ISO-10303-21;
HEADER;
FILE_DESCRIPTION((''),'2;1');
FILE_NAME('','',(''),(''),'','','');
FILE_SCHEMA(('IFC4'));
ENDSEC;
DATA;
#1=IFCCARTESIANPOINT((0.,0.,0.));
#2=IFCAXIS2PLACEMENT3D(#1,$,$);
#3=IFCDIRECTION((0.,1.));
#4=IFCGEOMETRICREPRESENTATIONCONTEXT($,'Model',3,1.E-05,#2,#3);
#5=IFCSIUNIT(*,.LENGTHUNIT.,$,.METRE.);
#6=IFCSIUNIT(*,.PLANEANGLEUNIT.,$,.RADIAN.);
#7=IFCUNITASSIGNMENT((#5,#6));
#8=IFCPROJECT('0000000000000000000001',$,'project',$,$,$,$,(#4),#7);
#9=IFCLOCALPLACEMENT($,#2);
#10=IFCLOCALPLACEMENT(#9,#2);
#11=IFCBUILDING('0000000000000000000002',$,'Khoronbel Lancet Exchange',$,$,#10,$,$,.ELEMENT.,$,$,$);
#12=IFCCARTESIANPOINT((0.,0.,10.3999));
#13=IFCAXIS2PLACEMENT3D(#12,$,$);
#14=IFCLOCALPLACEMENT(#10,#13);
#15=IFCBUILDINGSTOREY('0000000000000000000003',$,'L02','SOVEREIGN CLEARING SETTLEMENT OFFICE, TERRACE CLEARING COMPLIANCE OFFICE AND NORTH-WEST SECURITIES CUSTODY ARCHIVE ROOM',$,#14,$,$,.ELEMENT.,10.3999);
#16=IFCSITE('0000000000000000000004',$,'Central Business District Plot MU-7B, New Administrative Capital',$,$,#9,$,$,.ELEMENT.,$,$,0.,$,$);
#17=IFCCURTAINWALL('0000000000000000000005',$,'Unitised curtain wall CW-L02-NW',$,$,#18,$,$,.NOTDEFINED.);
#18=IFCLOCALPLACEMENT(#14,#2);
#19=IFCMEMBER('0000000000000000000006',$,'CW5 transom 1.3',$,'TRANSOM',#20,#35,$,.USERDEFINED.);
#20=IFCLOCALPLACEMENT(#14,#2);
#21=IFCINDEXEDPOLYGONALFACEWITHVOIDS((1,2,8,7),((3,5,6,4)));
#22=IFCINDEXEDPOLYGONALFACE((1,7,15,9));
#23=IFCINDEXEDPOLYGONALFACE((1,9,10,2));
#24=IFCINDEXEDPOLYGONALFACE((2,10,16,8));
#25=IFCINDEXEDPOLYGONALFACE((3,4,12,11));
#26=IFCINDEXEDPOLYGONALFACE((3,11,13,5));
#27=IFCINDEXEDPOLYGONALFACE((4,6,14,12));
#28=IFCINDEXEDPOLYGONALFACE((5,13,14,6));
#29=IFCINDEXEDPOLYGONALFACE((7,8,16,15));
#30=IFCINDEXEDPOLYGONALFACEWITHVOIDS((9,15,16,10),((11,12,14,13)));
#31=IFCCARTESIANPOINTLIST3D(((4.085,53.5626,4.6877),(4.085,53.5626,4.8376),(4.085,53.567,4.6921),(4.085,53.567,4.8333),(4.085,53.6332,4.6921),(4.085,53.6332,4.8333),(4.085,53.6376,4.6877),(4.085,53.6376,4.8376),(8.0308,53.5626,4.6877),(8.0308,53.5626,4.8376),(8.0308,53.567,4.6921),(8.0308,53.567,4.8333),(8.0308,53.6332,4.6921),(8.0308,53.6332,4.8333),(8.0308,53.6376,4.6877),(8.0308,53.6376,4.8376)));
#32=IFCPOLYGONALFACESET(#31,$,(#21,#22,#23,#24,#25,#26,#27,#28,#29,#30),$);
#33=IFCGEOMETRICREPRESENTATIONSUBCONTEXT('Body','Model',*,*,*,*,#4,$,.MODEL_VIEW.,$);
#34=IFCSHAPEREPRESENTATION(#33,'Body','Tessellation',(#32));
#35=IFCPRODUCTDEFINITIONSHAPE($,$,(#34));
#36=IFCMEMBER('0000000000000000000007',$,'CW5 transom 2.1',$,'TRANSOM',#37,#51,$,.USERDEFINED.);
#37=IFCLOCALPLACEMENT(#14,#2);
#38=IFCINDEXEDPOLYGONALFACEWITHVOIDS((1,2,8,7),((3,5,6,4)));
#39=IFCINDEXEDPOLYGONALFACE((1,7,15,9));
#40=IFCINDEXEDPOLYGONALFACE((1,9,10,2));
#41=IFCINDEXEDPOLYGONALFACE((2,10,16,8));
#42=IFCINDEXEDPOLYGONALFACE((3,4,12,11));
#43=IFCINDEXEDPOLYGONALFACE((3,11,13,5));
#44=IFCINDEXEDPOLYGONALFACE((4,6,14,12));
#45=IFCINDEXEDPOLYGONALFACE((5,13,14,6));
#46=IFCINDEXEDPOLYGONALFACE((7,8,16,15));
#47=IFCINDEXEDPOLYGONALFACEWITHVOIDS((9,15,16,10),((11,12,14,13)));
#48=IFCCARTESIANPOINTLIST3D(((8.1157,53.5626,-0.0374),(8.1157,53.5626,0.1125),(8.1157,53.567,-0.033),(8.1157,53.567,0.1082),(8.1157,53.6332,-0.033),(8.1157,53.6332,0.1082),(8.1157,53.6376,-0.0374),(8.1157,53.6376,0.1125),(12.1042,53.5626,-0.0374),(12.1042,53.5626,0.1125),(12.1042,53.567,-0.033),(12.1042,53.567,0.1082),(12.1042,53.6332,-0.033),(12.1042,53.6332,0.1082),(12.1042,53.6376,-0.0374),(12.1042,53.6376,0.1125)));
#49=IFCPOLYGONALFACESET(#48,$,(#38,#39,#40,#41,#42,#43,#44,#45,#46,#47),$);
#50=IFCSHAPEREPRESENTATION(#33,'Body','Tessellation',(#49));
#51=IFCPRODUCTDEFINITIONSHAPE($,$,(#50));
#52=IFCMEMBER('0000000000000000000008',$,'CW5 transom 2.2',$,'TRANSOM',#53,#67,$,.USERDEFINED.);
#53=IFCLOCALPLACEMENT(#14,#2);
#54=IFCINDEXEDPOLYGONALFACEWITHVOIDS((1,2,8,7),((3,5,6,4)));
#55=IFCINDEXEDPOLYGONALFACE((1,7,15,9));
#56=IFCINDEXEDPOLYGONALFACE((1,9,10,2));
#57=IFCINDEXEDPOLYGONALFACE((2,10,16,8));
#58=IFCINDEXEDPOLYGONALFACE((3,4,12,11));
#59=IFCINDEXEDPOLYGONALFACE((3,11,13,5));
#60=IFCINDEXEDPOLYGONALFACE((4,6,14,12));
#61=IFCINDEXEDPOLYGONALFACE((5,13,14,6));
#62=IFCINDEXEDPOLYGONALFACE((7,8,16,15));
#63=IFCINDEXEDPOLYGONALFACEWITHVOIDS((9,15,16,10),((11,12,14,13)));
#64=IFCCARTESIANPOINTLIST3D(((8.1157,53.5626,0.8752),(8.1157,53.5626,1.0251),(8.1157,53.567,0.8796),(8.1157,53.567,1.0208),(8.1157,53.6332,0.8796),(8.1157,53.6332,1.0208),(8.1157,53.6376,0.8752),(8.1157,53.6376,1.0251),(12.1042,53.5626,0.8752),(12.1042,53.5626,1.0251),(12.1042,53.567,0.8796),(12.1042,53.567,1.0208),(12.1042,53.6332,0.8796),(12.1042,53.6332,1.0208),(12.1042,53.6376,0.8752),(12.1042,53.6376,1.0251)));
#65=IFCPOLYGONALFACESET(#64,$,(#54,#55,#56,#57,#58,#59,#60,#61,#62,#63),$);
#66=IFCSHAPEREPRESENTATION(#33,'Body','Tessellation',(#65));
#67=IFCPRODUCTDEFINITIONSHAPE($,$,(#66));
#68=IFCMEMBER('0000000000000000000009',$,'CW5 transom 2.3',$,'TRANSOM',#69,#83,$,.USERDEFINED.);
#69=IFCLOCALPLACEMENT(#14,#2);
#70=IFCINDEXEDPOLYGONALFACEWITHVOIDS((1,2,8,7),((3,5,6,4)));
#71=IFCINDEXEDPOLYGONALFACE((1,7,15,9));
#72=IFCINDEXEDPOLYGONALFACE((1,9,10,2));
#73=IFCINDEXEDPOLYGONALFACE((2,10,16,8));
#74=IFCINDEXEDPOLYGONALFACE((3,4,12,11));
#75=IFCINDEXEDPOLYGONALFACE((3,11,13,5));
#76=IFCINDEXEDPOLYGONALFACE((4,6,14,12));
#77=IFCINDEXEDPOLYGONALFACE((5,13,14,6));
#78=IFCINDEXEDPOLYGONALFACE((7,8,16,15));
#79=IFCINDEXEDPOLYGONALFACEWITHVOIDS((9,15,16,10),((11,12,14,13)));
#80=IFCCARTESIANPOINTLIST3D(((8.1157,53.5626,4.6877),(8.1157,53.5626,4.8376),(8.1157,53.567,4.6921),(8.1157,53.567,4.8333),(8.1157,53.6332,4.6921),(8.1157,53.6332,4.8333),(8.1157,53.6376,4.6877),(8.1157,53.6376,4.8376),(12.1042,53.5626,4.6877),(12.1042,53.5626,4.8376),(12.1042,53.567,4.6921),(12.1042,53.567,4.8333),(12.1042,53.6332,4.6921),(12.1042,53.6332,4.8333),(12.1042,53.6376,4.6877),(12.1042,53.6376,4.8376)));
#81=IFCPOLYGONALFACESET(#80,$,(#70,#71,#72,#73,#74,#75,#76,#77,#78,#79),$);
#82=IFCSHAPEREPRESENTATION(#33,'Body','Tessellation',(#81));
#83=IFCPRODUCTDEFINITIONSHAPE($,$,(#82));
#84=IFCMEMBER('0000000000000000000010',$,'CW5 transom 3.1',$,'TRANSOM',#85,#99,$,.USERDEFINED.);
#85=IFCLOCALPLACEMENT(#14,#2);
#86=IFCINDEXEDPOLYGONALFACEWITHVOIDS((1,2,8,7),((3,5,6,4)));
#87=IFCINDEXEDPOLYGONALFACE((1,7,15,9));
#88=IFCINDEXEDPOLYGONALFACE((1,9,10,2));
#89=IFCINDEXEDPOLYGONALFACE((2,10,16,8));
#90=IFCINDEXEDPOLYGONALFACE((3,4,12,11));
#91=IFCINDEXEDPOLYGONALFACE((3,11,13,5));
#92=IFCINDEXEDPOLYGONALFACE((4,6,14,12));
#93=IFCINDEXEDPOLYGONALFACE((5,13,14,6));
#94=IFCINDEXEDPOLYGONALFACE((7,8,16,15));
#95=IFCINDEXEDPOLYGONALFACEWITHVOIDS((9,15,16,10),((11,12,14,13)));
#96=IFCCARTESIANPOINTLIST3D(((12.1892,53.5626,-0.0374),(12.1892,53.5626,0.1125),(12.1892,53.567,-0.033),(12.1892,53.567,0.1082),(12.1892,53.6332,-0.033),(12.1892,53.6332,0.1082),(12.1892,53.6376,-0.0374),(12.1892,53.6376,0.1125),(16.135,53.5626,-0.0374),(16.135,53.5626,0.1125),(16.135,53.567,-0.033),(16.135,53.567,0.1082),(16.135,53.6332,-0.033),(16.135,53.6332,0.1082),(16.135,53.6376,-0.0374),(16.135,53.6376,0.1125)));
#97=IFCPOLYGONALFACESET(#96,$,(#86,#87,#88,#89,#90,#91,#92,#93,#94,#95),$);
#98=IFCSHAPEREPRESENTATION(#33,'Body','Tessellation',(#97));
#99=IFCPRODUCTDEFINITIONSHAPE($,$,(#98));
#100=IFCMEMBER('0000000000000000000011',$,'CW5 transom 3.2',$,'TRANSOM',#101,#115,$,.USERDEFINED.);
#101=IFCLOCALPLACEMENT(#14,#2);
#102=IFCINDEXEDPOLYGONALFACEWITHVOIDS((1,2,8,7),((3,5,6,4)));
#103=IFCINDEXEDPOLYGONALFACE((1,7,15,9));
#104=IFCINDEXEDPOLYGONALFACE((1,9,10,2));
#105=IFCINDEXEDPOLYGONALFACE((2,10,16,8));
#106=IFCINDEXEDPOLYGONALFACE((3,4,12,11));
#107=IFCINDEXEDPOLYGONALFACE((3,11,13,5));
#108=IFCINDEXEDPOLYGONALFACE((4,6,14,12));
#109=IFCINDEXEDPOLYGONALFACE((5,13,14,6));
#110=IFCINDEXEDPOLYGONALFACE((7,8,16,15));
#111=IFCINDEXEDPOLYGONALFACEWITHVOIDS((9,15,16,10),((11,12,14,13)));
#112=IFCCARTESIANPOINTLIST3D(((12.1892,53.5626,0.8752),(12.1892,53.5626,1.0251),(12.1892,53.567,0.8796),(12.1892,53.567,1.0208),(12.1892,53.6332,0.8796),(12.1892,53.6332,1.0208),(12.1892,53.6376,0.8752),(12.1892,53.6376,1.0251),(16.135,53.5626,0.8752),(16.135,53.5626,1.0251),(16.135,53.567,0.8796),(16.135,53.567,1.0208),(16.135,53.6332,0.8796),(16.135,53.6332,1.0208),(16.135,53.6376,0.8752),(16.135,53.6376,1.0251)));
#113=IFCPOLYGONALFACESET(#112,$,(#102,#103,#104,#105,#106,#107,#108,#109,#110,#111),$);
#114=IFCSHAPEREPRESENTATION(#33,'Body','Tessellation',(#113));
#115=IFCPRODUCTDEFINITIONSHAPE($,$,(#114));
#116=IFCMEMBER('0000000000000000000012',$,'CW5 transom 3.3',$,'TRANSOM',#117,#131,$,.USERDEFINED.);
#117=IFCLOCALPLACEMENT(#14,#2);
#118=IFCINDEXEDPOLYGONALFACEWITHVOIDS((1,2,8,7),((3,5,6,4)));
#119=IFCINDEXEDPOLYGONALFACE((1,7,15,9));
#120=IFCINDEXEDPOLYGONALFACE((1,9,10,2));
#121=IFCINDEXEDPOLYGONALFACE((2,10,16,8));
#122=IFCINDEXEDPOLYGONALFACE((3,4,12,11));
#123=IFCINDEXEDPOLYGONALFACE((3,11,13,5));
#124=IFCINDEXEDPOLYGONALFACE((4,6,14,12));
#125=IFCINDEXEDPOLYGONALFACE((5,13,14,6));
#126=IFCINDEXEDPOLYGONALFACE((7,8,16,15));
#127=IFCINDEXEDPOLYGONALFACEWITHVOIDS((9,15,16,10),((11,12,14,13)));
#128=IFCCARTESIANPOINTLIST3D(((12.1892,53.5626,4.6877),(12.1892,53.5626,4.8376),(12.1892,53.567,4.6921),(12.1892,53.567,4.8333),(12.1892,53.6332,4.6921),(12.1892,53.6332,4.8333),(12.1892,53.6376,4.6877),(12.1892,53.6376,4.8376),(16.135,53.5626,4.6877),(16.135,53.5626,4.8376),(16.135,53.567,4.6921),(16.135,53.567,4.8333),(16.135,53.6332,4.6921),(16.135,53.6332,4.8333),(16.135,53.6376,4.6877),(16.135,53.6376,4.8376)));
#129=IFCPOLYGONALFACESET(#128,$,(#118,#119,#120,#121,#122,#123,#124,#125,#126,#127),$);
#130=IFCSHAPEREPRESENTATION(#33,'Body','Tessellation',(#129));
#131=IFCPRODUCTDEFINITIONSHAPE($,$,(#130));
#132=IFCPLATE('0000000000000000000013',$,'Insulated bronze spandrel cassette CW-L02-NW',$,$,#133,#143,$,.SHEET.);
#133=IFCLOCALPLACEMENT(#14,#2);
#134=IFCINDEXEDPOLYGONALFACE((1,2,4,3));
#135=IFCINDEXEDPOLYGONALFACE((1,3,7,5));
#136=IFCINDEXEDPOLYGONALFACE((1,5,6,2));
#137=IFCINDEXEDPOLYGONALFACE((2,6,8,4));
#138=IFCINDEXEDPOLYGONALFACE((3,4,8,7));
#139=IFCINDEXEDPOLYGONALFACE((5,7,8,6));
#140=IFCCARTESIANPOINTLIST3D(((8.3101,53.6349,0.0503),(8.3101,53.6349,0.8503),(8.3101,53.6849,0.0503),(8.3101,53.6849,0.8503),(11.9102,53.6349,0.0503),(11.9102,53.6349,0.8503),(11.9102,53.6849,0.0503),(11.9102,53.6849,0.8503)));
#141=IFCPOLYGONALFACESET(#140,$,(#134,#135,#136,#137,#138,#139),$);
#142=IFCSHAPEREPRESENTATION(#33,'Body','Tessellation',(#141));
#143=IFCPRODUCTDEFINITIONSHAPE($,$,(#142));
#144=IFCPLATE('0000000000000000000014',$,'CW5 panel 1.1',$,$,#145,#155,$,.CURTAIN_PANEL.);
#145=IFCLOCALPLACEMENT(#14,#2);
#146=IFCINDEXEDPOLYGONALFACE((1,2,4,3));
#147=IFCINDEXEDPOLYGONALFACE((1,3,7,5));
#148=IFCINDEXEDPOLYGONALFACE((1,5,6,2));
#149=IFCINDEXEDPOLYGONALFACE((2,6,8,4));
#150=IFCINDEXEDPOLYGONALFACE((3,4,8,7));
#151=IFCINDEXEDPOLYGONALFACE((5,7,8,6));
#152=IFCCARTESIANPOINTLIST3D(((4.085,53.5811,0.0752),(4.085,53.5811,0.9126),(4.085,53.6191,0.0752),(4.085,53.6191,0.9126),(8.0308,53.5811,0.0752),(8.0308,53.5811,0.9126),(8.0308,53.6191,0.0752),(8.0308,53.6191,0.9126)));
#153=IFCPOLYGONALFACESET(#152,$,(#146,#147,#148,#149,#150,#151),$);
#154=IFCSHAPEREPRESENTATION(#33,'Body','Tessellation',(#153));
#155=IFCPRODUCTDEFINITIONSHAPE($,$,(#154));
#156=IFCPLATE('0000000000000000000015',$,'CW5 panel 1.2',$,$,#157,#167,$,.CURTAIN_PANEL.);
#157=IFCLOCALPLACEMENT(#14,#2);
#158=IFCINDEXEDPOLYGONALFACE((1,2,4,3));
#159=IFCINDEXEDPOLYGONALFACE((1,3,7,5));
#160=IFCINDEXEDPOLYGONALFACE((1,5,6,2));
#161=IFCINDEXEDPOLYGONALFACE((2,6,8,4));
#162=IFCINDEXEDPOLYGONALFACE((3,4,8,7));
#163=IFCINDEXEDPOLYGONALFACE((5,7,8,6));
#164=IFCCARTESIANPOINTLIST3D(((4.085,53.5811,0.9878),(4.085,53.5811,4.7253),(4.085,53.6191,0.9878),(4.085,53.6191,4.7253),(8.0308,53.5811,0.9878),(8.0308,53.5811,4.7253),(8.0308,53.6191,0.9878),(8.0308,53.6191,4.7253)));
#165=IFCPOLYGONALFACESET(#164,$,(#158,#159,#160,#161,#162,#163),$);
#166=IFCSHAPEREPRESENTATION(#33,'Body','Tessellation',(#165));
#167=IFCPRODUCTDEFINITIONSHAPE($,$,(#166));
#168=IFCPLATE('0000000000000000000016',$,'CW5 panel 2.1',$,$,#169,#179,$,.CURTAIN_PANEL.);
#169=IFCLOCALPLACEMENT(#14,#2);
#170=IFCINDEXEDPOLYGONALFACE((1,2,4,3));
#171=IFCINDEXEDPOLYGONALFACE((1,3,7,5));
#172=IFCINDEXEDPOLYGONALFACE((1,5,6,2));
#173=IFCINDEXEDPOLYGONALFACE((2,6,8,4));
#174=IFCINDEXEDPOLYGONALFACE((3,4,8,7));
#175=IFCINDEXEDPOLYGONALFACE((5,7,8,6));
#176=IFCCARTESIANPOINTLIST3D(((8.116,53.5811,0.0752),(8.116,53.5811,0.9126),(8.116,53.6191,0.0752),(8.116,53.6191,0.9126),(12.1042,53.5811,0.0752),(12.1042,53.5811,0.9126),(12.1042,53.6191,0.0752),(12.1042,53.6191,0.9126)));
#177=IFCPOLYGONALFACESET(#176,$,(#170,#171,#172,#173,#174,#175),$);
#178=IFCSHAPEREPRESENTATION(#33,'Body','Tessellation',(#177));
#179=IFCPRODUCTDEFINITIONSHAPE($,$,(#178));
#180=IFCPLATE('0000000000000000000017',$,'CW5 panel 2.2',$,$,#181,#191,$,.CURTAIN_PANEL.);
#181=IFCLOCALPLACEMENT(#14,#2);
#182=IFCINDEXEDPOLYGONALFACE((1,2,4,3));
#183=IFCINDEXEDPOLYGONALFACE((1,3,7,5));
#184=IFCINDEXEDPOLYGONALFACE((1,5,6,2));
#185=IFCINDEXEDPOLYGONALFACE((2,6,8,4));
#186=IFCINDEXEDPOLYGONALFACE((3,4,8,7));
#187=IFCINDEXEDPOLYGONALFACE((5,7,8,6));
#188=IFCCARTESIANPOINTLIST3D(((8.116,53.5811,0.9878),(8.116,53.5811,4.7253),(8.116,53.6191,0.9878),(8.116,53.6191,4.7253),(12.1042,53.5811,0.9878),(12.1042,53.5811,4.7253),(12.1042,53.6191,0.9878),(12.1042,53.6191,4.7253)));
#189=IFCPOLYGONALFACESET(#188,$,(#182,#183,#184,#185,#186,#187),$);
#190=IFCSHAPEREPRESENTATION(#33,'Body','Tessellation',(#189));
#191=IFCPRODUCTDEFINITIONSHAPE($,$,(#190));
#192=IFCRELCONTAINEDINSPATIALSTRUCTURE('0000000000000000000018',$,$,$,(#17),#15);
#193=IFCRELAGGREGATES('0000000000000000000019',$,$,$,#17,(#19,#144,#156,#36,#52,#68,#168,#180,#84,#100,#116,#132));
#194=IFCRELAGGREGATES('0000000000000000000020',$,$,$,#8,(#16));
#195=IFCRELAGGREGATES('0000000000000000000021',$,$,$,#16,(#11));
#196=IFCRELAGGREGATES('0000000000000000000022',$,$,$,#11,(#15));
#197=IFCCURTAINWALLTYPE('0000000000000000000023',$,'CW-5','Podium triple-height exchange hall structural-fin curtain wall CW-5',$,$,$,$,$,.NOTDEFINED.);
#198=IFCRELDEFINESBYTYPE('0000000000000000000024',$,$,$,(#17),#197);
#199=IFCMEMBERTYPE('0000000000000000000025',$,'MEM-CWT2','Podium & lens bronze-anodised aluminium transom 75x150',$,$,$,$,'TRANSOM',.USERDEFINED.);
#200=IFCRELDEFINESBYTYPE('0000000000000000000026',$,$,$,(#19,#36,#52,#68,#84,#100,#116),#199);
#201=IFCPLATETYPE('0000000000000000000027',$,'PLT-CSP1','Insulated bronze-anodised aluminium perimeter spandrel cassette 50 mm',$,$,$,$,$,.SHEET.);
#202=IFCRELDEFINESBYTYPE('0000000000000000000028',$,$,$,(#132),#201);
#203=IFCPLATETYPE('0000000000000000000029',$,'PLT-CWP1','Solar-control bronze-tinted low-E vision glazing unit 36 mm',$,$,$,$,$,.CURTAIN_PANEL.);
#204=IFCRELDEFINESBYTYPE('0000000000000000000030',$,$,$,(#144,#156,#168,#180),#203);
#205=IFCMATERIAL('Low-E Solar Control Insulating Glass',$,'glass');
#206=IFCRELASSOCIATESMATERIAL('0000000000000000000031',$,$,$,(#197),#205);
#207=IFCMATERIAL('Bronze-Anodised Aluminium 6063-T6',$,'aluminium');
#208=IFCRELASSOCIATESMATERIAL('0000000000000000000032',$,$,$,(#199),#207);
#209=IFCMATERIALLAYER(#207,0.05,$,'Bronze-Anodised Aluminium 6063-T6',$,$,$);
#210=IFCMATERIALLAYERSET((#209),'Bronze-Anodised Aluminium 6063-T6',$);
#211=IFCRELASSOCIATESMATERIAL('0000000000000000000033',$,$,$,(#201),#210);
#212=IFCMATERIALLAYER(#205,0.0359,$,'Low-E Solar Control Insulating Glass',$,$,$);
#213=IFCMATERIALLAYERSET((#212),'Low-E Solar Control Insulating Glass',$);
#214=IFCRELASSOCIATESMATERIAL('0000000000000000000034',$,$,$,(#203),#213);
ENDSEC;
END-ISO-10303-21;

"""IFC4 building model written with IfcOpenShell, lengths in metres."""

from ifc_helpers import new_model, si_unit, direction, frame, origin, origin_2d, place, context, subcontext, project, spatial, rectangle, hollow_rectangle, extrude, material, layer, layer_set, material_profile, profile_set, type_object, element, aggregate, save


model = new_model("IFC4")

# Units and contexts
model_context = context("Model", 3, precision=1e-05, world=origin(), true_north=direction((0.0, 1.0)))
body_context = subcontext(model_context, "Body", "Model", "MODEL_VIEW")
ifc_project = project(units=[si_unit("LENGTHUNIT", "METRE"), si_unit("PLANEANGLEUNIT", "RADIAN")], contexts=[model_context])

# Site, building, storey
site_placement = place(None, origin())
site = spatial("IfcSite", under=ifc_project, at=site_placement, Name="Central Business District Plot MU-7B, New Administrative Capital", CompositionType="ELEMENT", RefElevation=0.0)
building_placement = place(site_placement, origin())
building = spatial("IfcBuilding", under=site, at=building_placement, Name="Khoronbel Lancet Exchange", CompositionType="ELEMENT")
storey_placement = place(building_placement, frame((0.0, 0.0, 10.3999)))
storey = spatial("IfcBuildingStorey", under=building, at=storey_placement, Name="L02", Description="SOVEREIGN CLEARING SETTLEMENT OFFICE, TERRACE CLEARING COMPLIANCE OFFICE AND NORTH-WEST SECURITIES CUSTODY ARCHIVE ROOM", CompositionType="ELEMENT", Elevation=10.3999)

# Curtain wall, members, plates
ifc_material_1 = material(Name="Low-E Solar Control Insulating Glass", Category="glass")
curtain_wall_type = type_object("IfcCurtainWallType", Name="CW-5", Description="Podium triple-height exchange hall structural-fin curtain wall CW-5", PredefinedType="NOTDEFINED", material=ifc_material_1)
curtain_wall_placement = place(storey_placement, origin())
curtain_wall = element("IfcCurtainWall", 1, at=curtain_wall_placement, inside=storey, type_object=curtain_wall_type, Name="Unitised curtain wall CW-L02-NW", PredefinedType="NOTDEFINED")
ifc_material_2 = material(Name="Bronze-Anodised Aluminium 6063-T6", Category="aluminium")
ifc_material_profile_1 = material_profile(ifc_material_2, hollow_rectangle(XDim=0.075, YDim=0.1499, WallThickness=0.0044, at=origin_2d()), Name="ALU TRANSOM 75x150")
ifc_profile_set_1 = profile_set([ifc_material_profile_1], Name="Bronze-Anodised Aluminium 6063-T6")
member_type_1 = type_object("IfcMemberType", Name="MEM-CWT2", Description="Podium & lens bronze-anodised aluminium transom 75x150", ElementType="TRANSOM", PredefinedType="USERDEFINED", material=ifc_profile_set_1)
member_1_placement = place(storey_placement, frame((4.085, 53.6001, 4.7627), z_axis=(1.0, 0.0, 0.0), x_axis=(0.0, 1.0, 0.0)))
member_1 = element("IfcMember", 2, at=member_1_placement, type_object=member_type_1, Name="CW5 transom 1.3", ObjectType="TRANSOM", PredefinedType="USERDEFINED", context=body_context, shape_type="SweptSolid", body=[
    extrude(hollow_rectangle(XDim=0.075, YDim=0.1499, WallThickness=0.0044, at=origin_2d()), origin(), (0.0, 0.0, 1.0), 3.9458),
])
member_2_placement = place(storey_placement, frame((8.1157, 53.6001, 0.0376), z_axis=(1.0, 0.0, 0.0), x_axis=(0.0, 1.0, 0.0)))
member_2 = element("IfcMember", 3, at=member_2_placement, type_object=member_type_1, Name="CW5 transom 2.1", ObjectType="TRANSOM", PredefinedType="USERDEFINED", context=body_context, shape_type="SweptSolid", body=[
    extrude(hollow_rectangle(XDim=0.075, YDim=0.1499, WallThickness=0.0044, at=origin_2d()), origin(), (0.0, 0.0, 1.0), 3.9885),
])
member_3_placement = place(storey_placement, frame((8.1157, 53.6001, 0.9502), z_axis=(1.0, 0.0, 0.0), x_axis=(0.0, 1.0, 0.0)))
member_3 = element("IfcMember", 4, at=member_3_placement, type_object=member_type_1, Name="CW5 transom 2.2", ObjectType="TRANSOM", PredefinedType="USERDEFINED", context=body_context, shape_type="SweptSolid", body=[
    extrude(hollow_rectangle(XDim=0.075, YDim=0.1499, WallThickness=0.0044, at=origin_2d()), origin(), (0.0, 0.0, 1.0), 3.9885),
])
member_4_placement = place(storey_placement, frame((8.1157, 53.6001, 4.7627), z_axis=(1.0, 0.0, 0.0), x_axis=(0.0, 1.0, 0.0)))
member_4 = element("IfcMember", 5, at=member_4_placement, type_object=member_type_1, Name="CW5 transom 2.3", ObjectType="TRANSOM", PredefinedType="USERDEFINED", context=body_context, shape_type="SweptSolid", body=[
    extrude(hollow_rectangle(XDim=0.075, YDim=0.1499, WallThickness=0.0044, at=origin_2d()), origin(), (0.0, 0.0, 1.0), 3.9885),
])
member_5_placement = place(storey_placement, frame((12.1892, 53.6001, 0.0376), z_axis=(1.0, 0.0, 0.0), x_axis=(0.0, 1.0, 0.0)))
member_5 = element("IfcMember", 6, at=member_5_placement, type_object=member_type_1, Name="CW5 transom 3.1", ObjectType="TRANSOM", PredefinedType="USERDEFINED", context=body_context, shape_type="SweptSolid", body=[
    extrude(hollow_rectangle(XDim=0.075, YDim=0.1499, WallThickness=0.0044, at=origin_2d()), origin(), (0.0, 0.0, 1.0), 3.9458),
])
member_6_placement = place(storey_placement, frame((12.1892, 53.6001, 0.9502), z_axis=(1.0, 0.0, 0.0), x_axis=(0.0, 1.0, 0.0)))
member_6 = element("IfcMember", 7, at=member_6_placement, type_object=member_type_1, Name="CW5 transom 3.2", ObjectType="TRANSOM", PredefinedType="USERDEFINED", context=body_context, shape_type="SweptSolid", body=[
    extrude(hollow_rectangle(XDim=0.075, YDim=0.1499, WallThickness=0.0044, at=origin_2d()), origin(), (0.0, 0.0, 1.0), 3.9458),
])
member_7_placement = place(storey_placement, frame((12.1892, 53.6001, 4.7627), z_axis=(1.0, 0.0, 0.0), x_axis=(0.0, 1.0, 0.0)))
member_7 = element("IfcMember", 8, at=member_7_placement, type_object=member_type_1, Name="CW5 transom 3.3", ObjectType="TRANSOM", PredefinedType="USERDEFINED", context=body_context, shape_type="SweptSolid", body=[
    extrude(hollow_rectangle(XDim=0.075, YDim=0.1499, WallThickness=0.0044, at=origin_2d()), origin(), (0.0, 0.0, 1.0), 3.9458),
])
ifc_layer_1 = layer(ifc_material_2, 0.05, Name="Bronze-Anodised Aluminium 6063-T6")
ifc_layer_set_1 = layer_set([ifc_layer_1], Name="Bronze-Anodised Aluminium 6063-T6")
plate_type_1 = type_object("IfcPlateType", Name="PLT-CSP1", Description="Insulated bronze-anodised aluminium perimeter spandrel cassette 50 mm", PredefinedType="SHEET", material=ifc_layer_set_1)
plate_1_placement = place(storey_placement, frame((10.1101, 53.6599, 0.0503), z_axis=(0.0, 0.0, 1.0), x_axis=(1.0, 0.0, 0.0)))
plate_1 = element("IfcPlate", 9, at=plate_1_placement, type_object=plate_type_1, Name="Insulated bronze spandrel cassette CW-L02-NW", PredefinedType="SHEET", context=body_context, shape_type="SweptSolid", body=[
    extrude(rectangle(XDim=3.6001, YDim=0.05, at=origin_2d()), origin(), (0.0, 0.0, 1.0), 0.8),
])
ifc_layer_2 = layer(ifc_material_1, 0.0359, Name="Low-E Solar Control Insulating Glass")
ifc_layer_set_2 = layer_set([ifc_layer_2], Name="Low-E Solar Control Insulating Glass")
plate_type_2 = type_object("IfcPlateType", Name="PLT-CWP1", Description="Solar-control bronze-tinted low-E vision glazing unit 36 mm", PredefinedType="CURTAIN_PANEL", material=ifc_layer_set_2)
plate_2_placement = place(storey_placement, frame((6.0579, 53.6001, 0.0752), z_axis=(0.0, 0.0, 1.0), x_axis=(1.0, 0.0, 0.0)))
plate_2 = element("IfcPlate", 10, at=plate_2_placement, type_object=plate_type_2, Name="CW5 panel 1.1", PredefinedType="CURTAIN_PANEL", context=body_context, shape_type="SweptSolid", body=[
    extrude(rectangle(XDim=3.9458, YDim=0.0381, at=origin_2d()), origin(), (0.0, 0.0, 1.0), 0.8374),
])
plate_3_placement = place(storey_placement, frame((6.0579, 53.6001, 0.9878), z_axis=(0.0, 0.0, 1.0), x_axis=(1.0, 0.0, 0.0)))
plate_3 = element("IfcPlate", 11, at=plate_3_placement, type_object=plate_type_2, Name="CW5 panel 1.2", PredefinedType="CURTAIN_PANEL", context=body_context, shape_type="SweptSolid", body=[
    extrude(rectangle(XDim=3.9458, YDim=0.0381, at=origin_2d()), origin(), (0.0, 0.0, 1.0), 3.7375),
])
plate_4_placement = place(storey_placement, frame((10.1101, 53.6001, 0.0752), z_axis=(0.0, 0.0, 1.0), x_axis=(1.0, 0.0, 0.0)))
plate_4 = element("IfcPlate", 12, at=plate_4_placement, type_object=plate_type_2, Name="CW5 panel 2.1", PredefinedType="CURTAIN_PANEL", context=body_context, shape_type="SweptSolid", body=[
    extrude(rectangle(XDim=3.9883, YDim=0.0381, at=origin_2d()), origin(), (0.0, 0.0, 1.0), 0.8374),
])
plate_5_placement = place(storey_placement, frame((10.1101, 53.6001, 0.9878), z_axis=(0.0, 0.0, 1.0), x_axis=(1.0, 0.0, 0.0)))
plate_5 = element("IfcPlate", 13, at=plate_5_placement, type_object=plate_type_2, Name="CW5 panel 2.2", PredefinedType="CURTAIN_PANEL", context=body_context, shape_type="SweptSolid", body=[
    extrude(rectangle(XDim=3.9883, YDim=0.0381, at=origin_2d()), origin(), (0.0, 0.0, 1.0), 3.7375),
])
aggregate(curtain_wall, [member_1, plate_2, plate_3, member_2, member_3, member_4, plate_4, plate_5, member_5, member_6, member_7, plate_1])

save(model, "model.ifc")
